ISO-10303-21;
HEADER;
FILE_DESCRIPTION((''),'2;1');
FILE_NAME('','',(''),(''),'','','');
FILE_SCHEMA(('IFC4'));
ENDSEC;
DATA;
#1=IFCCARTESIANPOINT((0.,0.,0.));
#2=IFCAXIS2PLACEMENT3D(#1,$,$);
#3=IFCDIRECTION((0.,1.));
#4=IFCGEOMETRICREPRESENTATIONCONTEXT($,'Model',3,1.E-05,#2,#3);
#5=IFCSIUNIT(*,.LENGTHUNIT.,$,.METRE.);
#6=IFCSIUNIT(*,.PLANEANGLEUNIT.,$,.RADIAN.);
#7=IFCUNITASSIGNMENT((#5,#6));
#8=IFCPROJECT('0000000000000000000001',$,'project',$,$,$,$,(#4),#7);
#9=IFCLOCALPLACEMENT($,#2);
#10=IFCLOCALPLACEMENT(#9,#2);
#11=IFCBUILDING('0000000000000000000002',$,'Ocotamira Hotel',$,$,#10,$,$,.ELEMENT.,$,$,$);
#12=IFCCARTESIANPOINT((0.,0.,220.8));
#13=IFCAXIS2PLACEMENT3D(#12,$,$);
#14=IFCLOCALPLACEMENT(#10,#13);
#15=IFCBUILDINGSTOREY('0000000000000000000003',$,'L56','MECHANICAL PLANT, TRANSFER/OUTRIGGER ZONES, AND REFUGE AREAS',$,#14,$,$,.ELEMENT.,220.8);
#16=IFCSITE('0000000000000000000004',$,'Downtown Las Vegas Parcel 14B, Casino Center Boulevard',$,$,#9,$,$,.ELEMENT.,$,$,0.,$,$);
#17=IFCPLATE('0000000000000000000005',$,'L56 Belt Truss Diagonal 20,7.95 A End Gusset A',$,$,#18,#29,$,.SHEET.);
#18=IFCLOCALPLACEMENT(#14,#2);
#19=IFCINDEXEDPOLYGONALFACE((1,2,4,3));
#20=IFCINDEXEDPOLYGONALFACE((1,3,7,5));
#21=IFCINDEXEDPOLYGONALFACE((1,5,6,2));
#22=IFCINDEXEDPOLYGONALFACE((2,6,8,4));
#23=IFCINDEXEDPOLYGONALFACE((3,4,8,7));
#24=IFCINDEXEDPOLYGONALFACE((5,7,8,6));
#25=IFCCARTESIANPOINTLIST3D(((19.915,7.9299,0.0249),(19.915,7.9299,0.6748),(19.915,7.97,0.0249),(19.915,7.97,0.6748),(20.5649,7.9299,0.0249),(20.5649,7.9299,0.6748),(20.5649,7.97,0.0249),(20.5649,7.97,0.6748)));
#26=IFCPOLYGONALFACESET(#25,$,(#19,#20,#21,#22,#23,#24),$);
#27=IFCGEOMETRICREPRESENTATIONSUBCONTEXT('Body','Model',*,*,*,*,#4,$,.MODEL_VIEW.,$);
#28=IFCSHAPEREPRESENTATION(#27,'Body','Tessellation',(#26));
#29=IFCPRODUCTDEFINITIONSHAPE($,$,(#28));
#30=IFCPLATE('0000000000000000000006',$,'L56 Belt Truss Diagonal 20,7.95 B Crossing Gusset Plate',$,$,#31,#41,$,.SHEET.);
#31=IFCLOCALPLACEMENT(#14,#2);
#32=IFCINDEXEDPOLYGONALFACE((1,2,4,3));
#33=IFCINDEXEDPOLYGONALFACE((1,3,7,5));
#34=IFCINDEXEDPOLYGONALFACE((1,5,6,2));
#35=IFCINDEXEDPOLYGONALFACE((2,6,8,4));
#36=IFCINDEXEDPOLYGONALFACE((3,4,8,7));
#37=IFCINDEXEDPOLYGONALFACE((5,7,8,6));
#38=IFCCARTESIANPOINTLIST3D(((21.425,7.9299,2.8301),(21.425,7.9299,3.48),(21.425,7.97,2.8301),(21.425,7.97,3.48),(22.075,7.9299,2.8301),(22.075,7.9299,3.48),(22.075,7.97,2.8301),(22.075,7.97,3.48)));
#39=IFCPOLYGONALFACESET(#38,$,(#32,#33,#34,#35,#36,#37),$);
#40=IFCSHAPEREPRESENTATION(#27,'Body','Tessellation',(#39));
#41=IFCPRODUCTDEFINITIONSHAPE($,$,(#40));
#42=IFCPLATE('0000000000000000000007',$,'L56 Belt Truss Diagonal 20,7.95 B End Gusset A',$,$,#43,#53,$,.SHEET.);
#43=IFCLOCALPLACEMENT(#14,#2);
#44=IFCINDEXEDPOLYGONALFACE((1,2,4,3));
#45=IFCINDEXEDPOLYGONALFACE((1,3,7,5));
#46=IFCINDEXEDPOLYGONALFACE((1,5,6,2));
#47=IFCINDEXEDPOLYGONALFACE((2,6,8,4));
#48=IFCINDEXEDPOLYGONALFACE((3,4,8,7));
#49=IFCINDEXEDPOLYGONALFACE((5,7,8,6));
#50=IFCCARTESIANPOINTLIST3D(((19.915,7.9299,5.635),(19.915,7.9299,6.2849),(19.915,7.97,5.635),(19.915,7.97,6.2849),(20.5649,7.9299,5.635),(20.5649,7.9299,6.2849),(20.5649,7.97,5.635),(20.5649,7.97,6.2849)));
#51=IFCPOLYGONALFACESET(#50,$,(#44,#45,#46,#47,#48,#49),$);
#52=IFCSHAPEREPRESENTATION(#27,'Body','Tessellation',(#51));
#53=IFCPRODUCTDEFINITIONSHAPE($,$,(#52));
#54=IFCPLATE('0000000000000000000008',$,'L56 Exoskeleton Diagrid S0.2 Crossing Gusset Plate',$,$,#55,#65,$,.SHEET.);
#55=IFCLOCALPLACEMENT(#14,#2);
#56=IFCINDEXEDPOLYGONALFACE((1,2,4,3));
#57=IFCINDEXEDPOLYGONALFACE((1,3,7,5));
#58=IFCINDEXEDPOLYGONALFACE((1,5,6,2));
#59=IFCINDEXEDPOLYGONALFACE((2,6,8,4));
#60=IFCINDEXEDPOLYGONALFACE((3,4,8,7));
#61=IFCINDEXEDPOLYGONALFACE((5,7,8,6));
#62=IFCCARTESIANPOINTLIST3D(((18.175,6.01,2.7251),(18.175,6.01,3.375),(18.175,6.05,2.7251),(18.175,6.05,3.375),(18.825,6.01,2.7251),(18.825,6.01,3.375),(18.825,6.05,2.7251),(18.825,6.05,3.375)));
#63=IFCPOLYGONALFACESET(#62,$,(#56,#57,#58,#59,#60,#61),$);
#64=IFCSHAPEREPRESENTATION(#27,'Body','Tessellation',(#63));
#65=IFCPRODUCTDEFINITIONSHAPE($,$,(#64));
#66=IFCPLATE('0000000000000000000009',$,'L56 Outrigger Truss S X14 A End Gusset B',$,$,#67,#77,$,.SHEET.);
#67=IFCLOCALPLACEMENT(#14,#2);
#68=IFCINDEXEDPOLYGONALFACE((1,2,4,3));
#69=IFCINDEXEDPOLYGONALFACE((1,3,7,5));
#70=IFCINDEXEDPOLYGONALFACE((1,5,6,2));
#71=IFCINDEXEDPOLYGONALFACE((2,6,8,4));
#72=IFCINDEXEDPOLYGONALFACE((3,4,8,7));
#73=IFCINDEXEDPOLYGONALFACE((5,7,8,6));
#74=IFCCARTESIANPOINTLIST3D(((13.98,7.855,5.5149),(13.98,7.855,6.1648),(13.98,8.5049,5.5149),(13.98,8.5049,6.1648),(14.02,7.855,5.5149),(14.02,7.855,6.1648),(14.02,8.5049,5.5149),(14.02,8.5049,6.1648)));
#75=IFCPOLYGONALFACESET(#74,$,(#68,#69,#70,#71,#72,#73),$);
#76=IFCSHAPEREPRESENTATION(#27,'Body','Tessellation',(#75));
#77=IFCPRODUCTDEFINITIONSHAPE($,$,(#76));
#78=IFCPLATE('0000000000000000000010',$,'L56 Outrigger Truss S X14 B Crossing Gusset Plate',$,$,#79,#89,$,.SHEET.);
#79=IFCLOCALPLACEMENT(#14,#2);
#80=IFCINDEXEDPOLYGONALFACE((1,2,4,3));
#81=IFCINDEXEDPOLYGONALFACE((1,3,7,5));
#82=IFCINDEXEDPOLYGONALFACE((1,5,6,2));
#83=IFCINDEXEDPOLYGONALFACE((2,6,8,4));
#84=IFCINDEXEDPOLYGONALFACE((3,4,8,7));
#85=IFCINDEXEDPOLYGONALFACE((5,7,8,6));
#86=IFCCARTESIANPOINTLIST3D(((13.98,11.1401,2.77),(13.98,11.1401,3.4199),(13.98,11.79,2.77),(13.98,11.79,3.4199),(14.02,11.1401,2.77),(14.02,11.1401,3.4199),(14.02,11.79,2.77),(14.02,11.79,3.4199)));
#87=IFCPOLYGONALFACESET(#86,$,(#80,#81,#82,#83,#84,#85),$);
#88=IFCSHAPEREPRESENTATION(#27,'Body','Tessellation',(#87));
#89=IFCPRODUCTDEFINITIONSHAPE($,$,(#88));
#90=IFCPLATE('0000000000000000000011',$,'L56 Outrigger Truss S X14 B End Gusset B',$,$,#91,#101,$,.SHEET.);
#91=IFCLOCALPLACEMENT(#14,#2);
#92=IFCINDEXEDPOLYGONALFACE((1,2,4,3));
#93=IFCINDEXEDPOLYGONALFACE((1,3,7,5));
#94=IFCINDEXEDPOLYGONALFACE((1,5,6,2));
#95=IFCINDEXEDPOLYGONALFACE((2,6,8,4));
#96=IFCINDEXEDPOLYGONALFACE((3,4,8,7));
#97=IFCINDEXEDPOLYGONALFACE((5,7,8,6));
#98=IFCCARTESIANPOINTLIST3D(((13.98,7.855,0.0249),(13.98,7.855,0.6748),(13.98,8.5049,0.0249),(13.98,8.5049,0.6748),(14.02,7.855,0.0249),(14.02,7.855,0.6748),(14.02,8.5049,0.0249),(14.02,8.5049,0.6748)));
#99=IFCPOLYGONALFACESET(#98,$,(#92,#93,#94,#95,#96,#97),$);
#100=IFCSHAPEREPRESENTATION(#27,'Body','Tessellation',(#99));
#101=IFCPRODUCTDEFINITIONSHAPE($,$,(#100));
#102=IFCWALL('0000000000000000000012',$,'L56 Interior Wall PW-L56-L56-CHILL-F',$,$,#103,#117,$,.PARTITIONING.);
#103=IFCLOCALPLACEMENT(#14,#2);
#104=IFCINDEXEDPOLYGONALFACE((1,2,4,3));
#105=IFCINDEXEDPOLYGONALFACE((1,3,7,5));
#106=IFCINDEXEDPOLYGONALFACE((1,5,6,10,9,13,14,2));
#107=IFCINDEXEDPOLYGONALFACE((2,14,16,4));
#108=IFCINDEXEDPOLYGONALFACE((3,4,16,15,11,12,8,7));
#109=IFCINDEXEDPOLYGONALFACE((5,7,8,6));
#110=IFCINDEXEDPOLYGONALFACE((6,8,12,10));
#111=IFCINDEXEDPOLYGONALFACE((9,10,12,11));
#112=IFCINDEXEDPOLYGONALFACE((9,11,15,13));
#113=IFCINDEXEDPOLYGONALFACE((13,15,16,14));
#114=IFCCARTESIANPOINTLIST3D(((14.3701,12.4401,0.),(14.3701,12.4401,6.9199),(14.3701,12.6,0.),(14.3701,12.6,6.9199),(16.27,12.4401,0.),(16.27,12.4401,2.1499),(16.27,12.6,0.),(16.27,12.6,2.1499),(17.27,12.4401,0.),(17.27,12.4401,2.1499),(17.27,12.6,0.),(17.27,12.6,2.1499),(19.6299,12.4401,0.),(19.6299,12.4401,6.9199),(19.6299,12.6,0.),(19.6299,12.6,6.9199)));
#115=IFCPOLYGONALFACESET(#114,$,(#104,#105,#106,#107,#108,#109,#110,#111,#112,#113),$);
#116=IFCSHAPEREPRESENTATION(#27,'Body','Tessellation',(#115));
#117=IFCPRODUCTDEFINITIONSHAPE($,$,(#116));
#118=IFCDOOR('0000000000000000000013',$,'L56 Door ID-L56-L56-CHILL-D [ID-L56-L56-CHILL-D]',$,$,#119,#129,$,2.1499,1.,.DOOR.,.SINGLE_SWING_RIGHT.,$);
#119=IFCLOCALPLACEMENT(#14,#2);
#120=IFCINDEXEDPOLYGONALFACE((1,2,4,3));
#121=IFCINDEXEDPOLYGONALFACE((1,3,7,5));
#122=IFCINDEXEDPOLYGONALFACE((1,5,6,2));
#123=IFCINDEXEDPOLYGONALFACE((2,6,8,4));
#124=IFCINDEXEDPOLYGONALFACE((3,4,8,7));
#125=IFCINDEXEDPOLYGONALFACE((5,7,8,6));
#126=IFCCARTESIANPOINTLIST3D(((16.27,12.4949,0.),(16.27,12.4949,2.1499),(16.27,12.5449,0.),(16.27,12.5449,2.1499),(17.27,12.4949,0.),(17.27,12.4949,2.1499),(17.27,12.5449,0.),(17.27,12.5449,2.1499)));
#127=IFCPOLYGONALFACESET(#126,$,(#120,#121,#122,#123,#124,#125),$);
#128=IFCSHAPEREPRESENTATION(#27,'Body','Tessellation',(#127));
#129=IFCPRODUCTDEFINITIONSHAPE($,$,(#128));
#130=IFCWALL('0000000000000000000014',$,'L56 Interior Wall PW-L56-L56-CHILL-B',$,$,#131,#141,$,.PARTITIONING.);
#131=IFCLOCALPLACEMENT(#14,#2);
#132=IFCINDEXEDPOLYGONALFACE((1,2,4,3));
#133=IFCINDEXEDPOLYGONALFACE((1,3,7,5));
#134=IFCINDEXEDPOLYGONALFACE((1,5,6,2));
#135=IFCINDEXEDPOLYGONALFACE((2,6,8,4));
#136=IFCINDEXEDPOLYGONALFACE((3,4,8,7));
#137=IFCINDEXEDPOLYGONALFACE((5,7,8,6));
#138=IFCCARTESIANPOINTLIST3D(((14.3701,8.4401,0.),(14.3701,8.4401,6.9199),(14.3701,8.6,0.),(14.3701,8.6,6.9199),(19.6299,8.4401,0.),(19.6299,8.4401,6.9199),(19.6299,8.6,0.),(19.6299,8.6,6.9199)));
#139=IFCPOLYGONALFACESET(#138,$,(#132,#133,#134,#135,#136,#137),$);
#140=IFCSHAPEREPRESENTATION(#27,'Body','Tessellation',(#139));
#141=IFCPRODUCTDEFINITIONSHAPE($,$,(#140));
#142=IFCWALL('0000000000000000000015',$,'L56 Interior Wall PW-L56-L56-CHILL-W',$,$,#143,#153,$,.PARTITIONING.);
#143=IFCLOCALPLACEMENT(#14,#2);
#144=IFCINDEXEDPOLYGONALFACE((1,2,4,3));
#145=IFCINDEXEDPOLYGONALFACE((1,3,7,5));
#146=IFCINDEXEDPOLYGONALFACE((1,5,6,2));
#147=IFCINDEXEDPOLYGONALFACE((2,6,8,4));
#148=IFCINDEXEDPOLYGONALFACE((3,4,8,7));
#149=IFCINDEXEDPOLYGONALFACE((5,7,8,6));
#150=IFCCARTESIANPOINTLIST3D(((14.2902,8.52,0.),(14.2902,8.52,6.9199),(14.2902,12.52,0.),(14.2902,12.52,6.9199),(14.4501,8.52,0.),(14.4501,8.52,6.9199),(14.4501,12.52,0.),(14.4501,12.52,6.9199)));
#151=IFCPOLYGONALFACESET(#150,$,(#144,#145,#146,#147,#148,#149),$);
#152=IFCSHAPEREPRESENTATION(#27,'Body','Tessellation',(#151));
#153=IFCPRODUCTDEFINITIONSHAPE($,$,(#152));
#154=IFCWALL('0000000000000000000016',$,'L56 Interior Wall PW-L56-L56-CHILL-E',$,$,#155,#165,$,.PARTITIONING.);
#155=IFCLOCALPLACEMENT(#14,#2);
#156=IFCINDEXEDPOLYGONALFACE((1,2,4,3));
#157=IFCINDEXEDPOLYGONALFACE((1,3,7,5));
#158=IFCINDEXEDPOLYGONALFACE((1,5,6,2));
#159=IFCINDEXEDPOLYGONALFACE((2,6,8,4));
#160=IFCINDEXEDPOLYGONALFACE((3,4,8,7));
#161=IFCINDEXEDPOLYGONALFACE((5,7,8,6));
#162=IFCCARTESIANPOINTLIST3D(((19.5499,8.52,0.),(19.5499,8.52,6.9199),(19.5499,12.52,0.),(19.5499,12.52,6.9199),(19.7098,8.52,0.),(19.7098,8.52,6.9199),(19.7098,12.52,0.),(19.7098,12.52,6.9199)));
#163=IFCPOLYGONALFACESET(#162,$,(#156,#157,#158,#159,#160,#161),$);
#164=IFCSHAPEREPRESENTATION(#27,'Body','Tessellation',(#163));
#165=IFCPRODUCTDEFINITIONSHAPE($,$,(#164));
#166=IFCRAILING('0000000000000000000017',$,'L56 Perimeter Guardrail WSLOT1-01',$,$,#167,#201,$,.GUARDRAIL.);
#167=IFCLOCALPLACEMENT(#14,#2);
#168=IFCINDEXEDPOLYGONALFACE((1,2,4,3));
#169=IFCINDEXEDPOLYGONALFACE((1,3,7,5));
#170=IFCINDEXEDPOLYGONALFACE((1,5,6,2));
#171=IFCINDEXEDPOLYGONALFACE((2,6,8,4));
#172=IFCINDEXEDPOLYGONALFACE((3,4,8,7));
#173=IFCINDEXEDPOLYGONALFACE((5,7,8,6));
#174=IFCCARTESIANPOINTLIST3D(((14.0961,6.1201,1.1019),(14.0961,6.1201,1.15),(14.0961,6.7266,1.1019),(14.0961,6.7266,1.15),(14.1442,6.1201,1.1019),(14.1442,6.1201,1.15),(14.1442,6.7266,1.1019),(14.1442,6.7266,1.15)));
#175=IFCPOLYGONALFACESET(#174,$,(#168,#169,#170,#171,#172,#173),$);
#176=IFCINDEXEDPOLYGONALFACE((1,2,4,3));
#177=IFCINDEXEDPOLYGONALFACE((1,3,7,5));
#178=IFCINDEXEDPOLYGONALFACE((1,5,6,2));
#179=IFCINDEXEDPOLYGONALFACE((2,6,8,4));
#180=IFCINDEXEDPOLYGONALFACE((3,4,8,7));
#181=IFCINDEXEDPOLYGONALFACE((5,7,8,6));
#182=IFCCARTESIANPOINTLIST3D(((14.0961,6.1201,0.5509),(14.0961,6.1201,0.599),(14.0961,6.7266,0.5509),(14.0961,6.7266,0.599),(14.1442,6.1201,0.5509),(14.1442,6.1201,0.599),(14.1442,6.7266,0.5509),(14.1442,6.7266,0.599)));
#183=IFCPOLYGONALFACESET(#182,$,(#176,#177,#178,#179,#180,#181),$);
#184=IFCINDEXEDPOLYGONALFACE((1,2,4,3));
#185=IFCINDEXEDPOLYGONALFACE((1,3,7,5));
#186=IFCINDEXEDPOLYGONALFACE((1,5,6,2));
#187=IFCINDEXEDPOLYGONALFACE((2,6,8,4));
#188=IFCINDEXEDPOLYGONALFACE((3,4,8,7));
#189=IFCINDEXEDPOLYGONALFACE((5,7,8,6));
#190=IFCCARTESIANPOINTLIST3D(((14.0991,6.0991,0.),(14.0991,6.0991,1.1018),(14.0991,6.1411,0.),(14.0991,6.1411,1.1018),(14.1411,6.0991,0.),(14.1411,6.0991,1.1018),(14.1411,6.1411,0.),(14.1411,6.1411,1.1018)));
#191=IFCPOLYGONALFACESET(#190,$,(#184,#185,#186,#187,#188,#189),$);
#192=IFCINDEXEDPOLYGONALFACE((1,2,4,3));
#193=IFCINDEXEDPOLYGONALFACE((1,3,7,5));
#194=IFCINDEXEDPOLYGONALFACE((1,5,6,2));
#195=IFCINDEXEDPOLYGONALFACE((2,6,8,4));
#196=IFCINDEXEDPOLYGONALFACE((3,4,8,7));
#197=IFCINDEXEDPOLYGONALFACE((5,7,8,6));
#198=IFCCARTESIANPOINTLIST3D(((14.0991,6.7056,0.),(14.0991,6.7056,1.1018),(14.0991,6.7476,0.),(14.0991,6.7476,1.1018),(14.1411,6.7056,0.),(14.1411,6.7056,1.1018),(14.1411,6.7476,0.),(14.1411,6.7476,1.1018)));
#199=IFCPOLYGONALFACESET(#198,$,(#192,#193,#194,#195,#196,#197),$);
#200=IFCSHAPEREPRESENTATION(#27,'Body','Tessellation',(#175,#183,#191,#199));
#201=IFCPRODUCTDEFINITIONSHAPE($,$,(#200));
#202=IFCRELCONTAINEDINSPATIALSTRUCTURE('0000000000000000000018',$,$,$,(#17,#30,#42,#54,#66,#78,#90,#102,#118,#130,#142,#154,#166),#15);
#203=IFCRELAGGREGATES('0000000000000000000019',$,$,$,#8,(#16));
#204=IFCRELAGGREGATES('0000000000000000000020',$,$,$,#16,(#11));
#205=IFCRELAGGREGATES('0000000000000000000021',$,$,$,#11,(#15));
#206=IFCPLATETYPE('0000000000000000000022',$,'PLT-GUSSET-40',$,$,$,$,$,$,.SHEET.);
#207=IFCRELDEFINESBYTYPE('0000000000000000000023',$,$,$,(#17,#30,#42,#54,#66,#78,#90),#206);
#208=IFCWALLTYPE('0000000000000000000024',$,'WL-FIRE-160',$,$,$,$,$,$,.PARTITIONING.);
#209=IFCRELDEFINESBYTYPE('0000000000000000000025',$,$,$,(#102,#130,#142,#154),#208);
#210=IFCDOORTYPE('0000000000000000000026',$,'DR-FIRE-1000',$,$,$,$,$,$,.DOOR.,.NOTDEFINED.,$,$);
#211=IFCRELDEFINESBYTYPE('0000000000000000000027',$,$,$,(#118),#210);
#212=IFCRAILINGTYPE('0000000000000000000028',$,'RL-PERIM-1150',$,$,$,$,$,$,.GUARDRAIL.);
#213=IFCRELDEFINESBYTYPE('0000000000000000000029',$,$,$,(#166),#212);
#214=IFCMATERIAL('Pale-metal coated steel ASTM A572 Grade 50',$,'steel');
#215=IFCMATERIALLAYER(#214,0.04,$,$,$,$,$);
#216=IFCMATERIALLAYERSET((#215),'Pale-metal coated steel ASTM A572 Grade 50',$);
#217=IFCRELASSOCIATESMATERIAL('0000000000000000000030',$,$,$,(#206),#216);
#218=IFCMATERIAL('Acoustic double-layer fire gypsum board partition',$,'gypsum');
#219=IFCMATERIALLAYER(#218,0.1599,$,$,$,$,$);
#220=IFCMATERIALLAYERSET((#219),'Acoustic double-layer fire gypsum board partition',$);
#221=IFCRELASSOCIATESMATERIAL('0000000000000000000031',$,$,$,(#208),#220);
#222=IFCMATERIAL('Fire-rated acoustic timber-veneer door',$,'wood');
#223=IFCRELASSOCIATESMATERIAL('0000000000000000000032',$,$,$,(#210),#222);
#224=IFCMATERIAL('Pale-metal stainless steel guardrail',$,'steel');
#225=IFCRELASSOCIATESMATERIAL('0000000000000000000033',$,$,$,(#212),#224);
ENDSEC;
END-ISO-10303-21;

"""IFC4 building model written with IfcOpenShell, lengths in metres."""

from ifc_helpers import new_model, si_unit, direction, frame, frame_2d, origin, origin_2d, place, context, subcontext, project, spatial, rectangle, extrude, source, transform, mapped, material, layer, layer_set, type_object, element, fill, save


model = new_model("IFC4")

# Units and contexts
model_context = context("Model", 3, precision=1e-05, world=origin(), true_north=direction((0.0, 1.0)))
body_context = subcontext(model_context, "Body", "Model", "MODEL_VIEW")
ifc_project = project(units=[si_unit("LENGTHUNIT", "METRE"), si_unit("PLANEANGLEUNIT", "RADIAN")], contexts=[model_context])

# Site, building, storey
site_placement = place(None, origin())
site = spatial("IfcSite", under=ifc_project, at=site_placement, Name="Downtown Las Vegas Parcel 14B, Casino Center Boulevard", CompositionType="ELEMENT", RefElevation=0.0)
building_placement = place(site_placement, origin())
building = spatial("IfcBuilding", under=site, at=building_placement, Name="Ocotamira Hotel", CompositionType="ELEMENT")
storey_placement = place(building_placement, frame((0.0, 0.0, 220.8)))
storey = spatial("IfcBuildingStorey", under=building, at=storey_placement, Name="L56", Description="MECHANICAL PLANT, TRANSFER/OUTRIGGER ZONES, AND REFUGE AREAS", CompositionType="ELEMENT", Elevation=220.8)

# Plates
ifc_material_1 = material(Name="Pale-metal coated steel ASTM A572 Grade 50", Category="steel")
ifc_layer_1 = layer(ifc_material_1, 0.04)
ifc_layer_set_1 = layer_set([ifc_layer_1], Name="Pale-metal coated steel ASTM A572 Grade 50")
plate_type = type_object("IfcPlateType", Name="PLT-GUSSET-40", PredefinedType="SHEET", material=ifc_layer_set_1)
shared_shape_1 = source(origin(), body_context, "Body", "SweptSolid", [
    extrude(rectangle(XDim=0.6499, YDim=0.04, at=origin_2d()), origin(), (0.0, 0.0, 1.0), 0.6499),
])
for number, where, z_axis, x_axis, name in (
    (1, (20.24, 7.95, 0.0249), (0.0, 0.0, 1.0), (1.0, 0.0, 0.0), "L56 Belt Truss Diagonal 20,7.95 A End Gusset A"),
    (2, (21.75, 7.95, 2.8301), (0.0, 0.0, 1.0), (1.0, 0.0, 0.0), "L56 Belt Truss Diagonal 20,7.95 B Crossing Gusset Plate"),
    (3, (20.24, 7.95, 5.635), (0.0, 0.0, 1.0), (1.0, 0.0, 0.0), "L56 Belt Truss Diagonal 20,7.95 B End Gusset A"),
    (4, (18.5, 6.03, 2.7251), (0.0, 0.0, 1.0), (-1.0, 0.0, 0.0), "L56 Exoskeleton Diagrid S0.2 Crossing Gusset Plate"),
):
    element("IfcPlate", number, at=place(storey_placement, frame(where, z_axis=z_axis, x_axis=x_axis)), inside=storey, type_object=plate_type, Name=name, PredefinedType="SHEET", context=body_context, shape_type="MappedRepresentation", body=[
        mapped(shared_shape_1, transform((0.0, 0.0, 0.0), scale=1.0)),
    ])
shared_shape_2 = source(origin(), body_context, "Body", "SweptSolid", [
    extrude(rectangle(XDim=0.04, YDim=0.6499, at=origin_2d()), origin(), (0.0, 0.0, 1.0), 0.6499),
])
for number, where, z_axis, x_axis, name in (
    (5, (14.0, 8.1799, 5.5149), (0.0, 0.0, 1.0), (1.0, 0.0, 0.0), "L56 Outrigger Truss S X14 A End Gusset B"),
    (6, (14.0, 11.4651, 2.77), (0.0, 0.0, 1.0), (1.0, 0.0, 0.0), "L56 Outrigger Truss S X14 B Crossing Gusset Plate"),
    (7, (14.0, 8.1799, 0.0249), (0.0, 0.0, 1.0), (1.0, 0.0, 0.0), "L56 Outrigger Truss S X14 B End Gusset B"),
):
    element("IfcPlate", number, at=place(storey_placement, frame(where, z_axis=z_axis, x_axis=x_axis)), inside=storey, type_object=plate_type, Name=name, PredefinedType="SHEET", context=body_context, shape_type="MappedRepresentation", body=[
        mapped(shared_shape_2, transform((0.0, 0.0, 0.0), scale=1.0)),
    ])

# Wall, opening, door
ifc_material_2 = material(Name="Acoustic double-layer fire gypsum board partition", Category="gypsum")
ifc_layer_2 = layer(ifc_material_2, 0.1599)
ifc_layer_set_2 = layer_set([ifc_layer_2], Name="Acoustic double-layer fire gypsum board partition")
wall_type = type_object("IfcWallType", Name="WL-FIRE-160", PredefinedType="PARTITIONING", material=ifc_layer_set_2)
wall_1_placement = place(storey_placement, frame((14.3701, 12.52, 0.0), z_axis=(0.0, 0.0, 1.0), x_axis=(1.0, 0.0, 0.0)))
wall_1 = element("IfcWall", 8, at=wall_1_placement, inside=storey, type_object=wall_type, Name="L56 Interior Wall PW-L56-L56-CHILL-F", PredefinedType="PARTITIONING", context=body_context, shape_type="SweptSolid", body=[
    extrude(rectangle(XDim=5.2598, YDim=0.1599, at=frame_2d((2.6299, 0.0))), origin(), (0.0, 0.0, 1.0), 6.9199),
])
opening_placement = place(wall_1_placement, frame((1.8999, 0.0, 0.0)))
opening = element("IfcOpeningElement", 9, at=opening_placement, cuts=wall_1, PredefinedType="OPENING", context=body_context, shape_type="SweptSolid", body=[
    extrude(rectangle(XDim=1.0, YDim=2.1499, at=frame_2d((0.5, 1.075))), frame((0.0, 0.0898, 0.0), z_axis=(0.0, -1.0, 0.0), x_axis=(1.0, 0.0, 0.0)), (0.0, 0.0, 1.0), 0.1799),
])
ifc_material_3 = material(Name="Fire-rated acoustic timber-veneer door", Category="wood")
door_type = type_object("IfcDoorType", Name="DR-FIRE-1000", OperationType="NOTDEFINED", PredefinedType="DOOR", material=ifc_material_3)
shared_shape_3 = source(origin(), body_context, "Body", "SweptSolid", [
    extrude(rectangle(XDim=1.0, YDim=2.1499, at=frame_2d((0.5, 1.075))), frame((0.0, 0.0249, 0.0), z_axis=(0.0, -1.0, 0.0), x_axis=(1.0, 0.0, 0.0)), (0.0, 0.0, 1.0), 0.05),
])
door_placement = place(opening_placement, origin())
door = element("IfcDoor", 10, at=door_placement, inside=storey, type_object=door_type, Name="L56 Door ID-L56-L56-CHILL-D [ID-L56-L56-CHILL-D]", OperationType="SINGLE_SWING_RIGHT", OverallHeight=2.1499, OverallWidth=1.0, PredefinedType="DOOR", context=body_context, shape_type="MappedRepresentation", body=[
    mapped(shared_shape_3, transform((0.0, 0.0, 0.0), scale=1.0)),
])
fill(opening, door)

# Walls
wall_2_placement = place(storey_placement, frame((14.3701, 8.52, 0.0), z_axis=(0.0, 0.0, 1.0), x_axis=(1.0, 0.0, 0.0)))
element("IfcWall", 11, at=wall_2_placement, inside=storey, type_object=wall_type, Name="L56 Interior Wall PW-L56-L56-CHILL-B", PredefinedType="PARTITIONING", context=body_context, shape_type="SweptSolid", body=[
    extrude(rectangle(XDim=5.2598, YDim=0.1599, at=frame_2d((2.6299, 0.0))), origin(), (0.0, 0.0, 1.0), 6.9199),
])
for number, where, z_axis, x_axis, name in (
    (12, (14.3701, 8.52, 0.0), (0.0, 0.0, 1.0), (0.0, 1.0, 0.0), "L56 Interior Wall PW-L56-L56-CHILL-W"),
    (13, (19.6299, 8.52, 0.0), (0.0, 0.0, 1.0), (0.0, 1.0, 0.0), "L56 Interior Wall PW-L56-L56-CHILL-E"),
):
    element("IfcWall", number, at=place(storey_placement, frame(where, z_axis=z_axis, x_axis=x_axis)), inside=storey, type_object=wall_type, Name=name, PredefinedType="PARTITIONING", context=body_context, shape_type="SweptSolid", body=[
        extrude(rectangle(XDim=4.0, YDim=0.1599, at=frame_2d((2.0, 0.0))), origin(), (0.0, 0.0, 1.0), 6.9199),
    ])

# Railing
ifc_material_4 = material(Name="Pale-metal stainless steel guardrail", Category="steel")
railing_type = type_object("IfcRailingType", Name="RL-PERIM-1150", PredefinedType="GUARDRAIL", material=ifc_material_4)
railing_1_placement = place(storey_placement, frame((14.1201, 6.1201, 0.0)))
element("IfcRailing", 14, at=railing_1_placement, inside=storey, type_object=railing_type, Name="L56 Perimeter Guardrail WSLOT1-01", PredefinedType="GUARDRAIL", context=body_context, shape_type="SweptSolid", body=[
    extrude(rectangle(XDim=0.0481, YDim=0.0481, at=origin_2d()), frame((0.0, 0.0, 1.126), z_axis=(0.0, 1.0, 0.0), x_axis=(-1.0, 0.0, 0.0)), (0.0, 0.0, 1.0), 0.6064),
    extrude(rectangle(XDim=0.0481, YDim=0.0481, at=origin_2d()), frame((0.0, 0.0, 0.575), z_axis=(0.0, 1.0, 0.0), x_axis=(-1.0, 0.0, 0.0)), (0.0, 0.0, 1.0), 0.6064),
    extrude(rectangle(XDim=0.042, YDim=0.042, at=origin_2d()), origin(), (0.0, 0.0, 1.0), 1.1018),
    extrude(rectangle(XDim=0.042, YDim=0.042, at=origin_2d()), frame((0.0, 0.6064, 0.0)), (0.0, 0.0, 1.0), 1.1018),
])

save(model, "model.ifc")
